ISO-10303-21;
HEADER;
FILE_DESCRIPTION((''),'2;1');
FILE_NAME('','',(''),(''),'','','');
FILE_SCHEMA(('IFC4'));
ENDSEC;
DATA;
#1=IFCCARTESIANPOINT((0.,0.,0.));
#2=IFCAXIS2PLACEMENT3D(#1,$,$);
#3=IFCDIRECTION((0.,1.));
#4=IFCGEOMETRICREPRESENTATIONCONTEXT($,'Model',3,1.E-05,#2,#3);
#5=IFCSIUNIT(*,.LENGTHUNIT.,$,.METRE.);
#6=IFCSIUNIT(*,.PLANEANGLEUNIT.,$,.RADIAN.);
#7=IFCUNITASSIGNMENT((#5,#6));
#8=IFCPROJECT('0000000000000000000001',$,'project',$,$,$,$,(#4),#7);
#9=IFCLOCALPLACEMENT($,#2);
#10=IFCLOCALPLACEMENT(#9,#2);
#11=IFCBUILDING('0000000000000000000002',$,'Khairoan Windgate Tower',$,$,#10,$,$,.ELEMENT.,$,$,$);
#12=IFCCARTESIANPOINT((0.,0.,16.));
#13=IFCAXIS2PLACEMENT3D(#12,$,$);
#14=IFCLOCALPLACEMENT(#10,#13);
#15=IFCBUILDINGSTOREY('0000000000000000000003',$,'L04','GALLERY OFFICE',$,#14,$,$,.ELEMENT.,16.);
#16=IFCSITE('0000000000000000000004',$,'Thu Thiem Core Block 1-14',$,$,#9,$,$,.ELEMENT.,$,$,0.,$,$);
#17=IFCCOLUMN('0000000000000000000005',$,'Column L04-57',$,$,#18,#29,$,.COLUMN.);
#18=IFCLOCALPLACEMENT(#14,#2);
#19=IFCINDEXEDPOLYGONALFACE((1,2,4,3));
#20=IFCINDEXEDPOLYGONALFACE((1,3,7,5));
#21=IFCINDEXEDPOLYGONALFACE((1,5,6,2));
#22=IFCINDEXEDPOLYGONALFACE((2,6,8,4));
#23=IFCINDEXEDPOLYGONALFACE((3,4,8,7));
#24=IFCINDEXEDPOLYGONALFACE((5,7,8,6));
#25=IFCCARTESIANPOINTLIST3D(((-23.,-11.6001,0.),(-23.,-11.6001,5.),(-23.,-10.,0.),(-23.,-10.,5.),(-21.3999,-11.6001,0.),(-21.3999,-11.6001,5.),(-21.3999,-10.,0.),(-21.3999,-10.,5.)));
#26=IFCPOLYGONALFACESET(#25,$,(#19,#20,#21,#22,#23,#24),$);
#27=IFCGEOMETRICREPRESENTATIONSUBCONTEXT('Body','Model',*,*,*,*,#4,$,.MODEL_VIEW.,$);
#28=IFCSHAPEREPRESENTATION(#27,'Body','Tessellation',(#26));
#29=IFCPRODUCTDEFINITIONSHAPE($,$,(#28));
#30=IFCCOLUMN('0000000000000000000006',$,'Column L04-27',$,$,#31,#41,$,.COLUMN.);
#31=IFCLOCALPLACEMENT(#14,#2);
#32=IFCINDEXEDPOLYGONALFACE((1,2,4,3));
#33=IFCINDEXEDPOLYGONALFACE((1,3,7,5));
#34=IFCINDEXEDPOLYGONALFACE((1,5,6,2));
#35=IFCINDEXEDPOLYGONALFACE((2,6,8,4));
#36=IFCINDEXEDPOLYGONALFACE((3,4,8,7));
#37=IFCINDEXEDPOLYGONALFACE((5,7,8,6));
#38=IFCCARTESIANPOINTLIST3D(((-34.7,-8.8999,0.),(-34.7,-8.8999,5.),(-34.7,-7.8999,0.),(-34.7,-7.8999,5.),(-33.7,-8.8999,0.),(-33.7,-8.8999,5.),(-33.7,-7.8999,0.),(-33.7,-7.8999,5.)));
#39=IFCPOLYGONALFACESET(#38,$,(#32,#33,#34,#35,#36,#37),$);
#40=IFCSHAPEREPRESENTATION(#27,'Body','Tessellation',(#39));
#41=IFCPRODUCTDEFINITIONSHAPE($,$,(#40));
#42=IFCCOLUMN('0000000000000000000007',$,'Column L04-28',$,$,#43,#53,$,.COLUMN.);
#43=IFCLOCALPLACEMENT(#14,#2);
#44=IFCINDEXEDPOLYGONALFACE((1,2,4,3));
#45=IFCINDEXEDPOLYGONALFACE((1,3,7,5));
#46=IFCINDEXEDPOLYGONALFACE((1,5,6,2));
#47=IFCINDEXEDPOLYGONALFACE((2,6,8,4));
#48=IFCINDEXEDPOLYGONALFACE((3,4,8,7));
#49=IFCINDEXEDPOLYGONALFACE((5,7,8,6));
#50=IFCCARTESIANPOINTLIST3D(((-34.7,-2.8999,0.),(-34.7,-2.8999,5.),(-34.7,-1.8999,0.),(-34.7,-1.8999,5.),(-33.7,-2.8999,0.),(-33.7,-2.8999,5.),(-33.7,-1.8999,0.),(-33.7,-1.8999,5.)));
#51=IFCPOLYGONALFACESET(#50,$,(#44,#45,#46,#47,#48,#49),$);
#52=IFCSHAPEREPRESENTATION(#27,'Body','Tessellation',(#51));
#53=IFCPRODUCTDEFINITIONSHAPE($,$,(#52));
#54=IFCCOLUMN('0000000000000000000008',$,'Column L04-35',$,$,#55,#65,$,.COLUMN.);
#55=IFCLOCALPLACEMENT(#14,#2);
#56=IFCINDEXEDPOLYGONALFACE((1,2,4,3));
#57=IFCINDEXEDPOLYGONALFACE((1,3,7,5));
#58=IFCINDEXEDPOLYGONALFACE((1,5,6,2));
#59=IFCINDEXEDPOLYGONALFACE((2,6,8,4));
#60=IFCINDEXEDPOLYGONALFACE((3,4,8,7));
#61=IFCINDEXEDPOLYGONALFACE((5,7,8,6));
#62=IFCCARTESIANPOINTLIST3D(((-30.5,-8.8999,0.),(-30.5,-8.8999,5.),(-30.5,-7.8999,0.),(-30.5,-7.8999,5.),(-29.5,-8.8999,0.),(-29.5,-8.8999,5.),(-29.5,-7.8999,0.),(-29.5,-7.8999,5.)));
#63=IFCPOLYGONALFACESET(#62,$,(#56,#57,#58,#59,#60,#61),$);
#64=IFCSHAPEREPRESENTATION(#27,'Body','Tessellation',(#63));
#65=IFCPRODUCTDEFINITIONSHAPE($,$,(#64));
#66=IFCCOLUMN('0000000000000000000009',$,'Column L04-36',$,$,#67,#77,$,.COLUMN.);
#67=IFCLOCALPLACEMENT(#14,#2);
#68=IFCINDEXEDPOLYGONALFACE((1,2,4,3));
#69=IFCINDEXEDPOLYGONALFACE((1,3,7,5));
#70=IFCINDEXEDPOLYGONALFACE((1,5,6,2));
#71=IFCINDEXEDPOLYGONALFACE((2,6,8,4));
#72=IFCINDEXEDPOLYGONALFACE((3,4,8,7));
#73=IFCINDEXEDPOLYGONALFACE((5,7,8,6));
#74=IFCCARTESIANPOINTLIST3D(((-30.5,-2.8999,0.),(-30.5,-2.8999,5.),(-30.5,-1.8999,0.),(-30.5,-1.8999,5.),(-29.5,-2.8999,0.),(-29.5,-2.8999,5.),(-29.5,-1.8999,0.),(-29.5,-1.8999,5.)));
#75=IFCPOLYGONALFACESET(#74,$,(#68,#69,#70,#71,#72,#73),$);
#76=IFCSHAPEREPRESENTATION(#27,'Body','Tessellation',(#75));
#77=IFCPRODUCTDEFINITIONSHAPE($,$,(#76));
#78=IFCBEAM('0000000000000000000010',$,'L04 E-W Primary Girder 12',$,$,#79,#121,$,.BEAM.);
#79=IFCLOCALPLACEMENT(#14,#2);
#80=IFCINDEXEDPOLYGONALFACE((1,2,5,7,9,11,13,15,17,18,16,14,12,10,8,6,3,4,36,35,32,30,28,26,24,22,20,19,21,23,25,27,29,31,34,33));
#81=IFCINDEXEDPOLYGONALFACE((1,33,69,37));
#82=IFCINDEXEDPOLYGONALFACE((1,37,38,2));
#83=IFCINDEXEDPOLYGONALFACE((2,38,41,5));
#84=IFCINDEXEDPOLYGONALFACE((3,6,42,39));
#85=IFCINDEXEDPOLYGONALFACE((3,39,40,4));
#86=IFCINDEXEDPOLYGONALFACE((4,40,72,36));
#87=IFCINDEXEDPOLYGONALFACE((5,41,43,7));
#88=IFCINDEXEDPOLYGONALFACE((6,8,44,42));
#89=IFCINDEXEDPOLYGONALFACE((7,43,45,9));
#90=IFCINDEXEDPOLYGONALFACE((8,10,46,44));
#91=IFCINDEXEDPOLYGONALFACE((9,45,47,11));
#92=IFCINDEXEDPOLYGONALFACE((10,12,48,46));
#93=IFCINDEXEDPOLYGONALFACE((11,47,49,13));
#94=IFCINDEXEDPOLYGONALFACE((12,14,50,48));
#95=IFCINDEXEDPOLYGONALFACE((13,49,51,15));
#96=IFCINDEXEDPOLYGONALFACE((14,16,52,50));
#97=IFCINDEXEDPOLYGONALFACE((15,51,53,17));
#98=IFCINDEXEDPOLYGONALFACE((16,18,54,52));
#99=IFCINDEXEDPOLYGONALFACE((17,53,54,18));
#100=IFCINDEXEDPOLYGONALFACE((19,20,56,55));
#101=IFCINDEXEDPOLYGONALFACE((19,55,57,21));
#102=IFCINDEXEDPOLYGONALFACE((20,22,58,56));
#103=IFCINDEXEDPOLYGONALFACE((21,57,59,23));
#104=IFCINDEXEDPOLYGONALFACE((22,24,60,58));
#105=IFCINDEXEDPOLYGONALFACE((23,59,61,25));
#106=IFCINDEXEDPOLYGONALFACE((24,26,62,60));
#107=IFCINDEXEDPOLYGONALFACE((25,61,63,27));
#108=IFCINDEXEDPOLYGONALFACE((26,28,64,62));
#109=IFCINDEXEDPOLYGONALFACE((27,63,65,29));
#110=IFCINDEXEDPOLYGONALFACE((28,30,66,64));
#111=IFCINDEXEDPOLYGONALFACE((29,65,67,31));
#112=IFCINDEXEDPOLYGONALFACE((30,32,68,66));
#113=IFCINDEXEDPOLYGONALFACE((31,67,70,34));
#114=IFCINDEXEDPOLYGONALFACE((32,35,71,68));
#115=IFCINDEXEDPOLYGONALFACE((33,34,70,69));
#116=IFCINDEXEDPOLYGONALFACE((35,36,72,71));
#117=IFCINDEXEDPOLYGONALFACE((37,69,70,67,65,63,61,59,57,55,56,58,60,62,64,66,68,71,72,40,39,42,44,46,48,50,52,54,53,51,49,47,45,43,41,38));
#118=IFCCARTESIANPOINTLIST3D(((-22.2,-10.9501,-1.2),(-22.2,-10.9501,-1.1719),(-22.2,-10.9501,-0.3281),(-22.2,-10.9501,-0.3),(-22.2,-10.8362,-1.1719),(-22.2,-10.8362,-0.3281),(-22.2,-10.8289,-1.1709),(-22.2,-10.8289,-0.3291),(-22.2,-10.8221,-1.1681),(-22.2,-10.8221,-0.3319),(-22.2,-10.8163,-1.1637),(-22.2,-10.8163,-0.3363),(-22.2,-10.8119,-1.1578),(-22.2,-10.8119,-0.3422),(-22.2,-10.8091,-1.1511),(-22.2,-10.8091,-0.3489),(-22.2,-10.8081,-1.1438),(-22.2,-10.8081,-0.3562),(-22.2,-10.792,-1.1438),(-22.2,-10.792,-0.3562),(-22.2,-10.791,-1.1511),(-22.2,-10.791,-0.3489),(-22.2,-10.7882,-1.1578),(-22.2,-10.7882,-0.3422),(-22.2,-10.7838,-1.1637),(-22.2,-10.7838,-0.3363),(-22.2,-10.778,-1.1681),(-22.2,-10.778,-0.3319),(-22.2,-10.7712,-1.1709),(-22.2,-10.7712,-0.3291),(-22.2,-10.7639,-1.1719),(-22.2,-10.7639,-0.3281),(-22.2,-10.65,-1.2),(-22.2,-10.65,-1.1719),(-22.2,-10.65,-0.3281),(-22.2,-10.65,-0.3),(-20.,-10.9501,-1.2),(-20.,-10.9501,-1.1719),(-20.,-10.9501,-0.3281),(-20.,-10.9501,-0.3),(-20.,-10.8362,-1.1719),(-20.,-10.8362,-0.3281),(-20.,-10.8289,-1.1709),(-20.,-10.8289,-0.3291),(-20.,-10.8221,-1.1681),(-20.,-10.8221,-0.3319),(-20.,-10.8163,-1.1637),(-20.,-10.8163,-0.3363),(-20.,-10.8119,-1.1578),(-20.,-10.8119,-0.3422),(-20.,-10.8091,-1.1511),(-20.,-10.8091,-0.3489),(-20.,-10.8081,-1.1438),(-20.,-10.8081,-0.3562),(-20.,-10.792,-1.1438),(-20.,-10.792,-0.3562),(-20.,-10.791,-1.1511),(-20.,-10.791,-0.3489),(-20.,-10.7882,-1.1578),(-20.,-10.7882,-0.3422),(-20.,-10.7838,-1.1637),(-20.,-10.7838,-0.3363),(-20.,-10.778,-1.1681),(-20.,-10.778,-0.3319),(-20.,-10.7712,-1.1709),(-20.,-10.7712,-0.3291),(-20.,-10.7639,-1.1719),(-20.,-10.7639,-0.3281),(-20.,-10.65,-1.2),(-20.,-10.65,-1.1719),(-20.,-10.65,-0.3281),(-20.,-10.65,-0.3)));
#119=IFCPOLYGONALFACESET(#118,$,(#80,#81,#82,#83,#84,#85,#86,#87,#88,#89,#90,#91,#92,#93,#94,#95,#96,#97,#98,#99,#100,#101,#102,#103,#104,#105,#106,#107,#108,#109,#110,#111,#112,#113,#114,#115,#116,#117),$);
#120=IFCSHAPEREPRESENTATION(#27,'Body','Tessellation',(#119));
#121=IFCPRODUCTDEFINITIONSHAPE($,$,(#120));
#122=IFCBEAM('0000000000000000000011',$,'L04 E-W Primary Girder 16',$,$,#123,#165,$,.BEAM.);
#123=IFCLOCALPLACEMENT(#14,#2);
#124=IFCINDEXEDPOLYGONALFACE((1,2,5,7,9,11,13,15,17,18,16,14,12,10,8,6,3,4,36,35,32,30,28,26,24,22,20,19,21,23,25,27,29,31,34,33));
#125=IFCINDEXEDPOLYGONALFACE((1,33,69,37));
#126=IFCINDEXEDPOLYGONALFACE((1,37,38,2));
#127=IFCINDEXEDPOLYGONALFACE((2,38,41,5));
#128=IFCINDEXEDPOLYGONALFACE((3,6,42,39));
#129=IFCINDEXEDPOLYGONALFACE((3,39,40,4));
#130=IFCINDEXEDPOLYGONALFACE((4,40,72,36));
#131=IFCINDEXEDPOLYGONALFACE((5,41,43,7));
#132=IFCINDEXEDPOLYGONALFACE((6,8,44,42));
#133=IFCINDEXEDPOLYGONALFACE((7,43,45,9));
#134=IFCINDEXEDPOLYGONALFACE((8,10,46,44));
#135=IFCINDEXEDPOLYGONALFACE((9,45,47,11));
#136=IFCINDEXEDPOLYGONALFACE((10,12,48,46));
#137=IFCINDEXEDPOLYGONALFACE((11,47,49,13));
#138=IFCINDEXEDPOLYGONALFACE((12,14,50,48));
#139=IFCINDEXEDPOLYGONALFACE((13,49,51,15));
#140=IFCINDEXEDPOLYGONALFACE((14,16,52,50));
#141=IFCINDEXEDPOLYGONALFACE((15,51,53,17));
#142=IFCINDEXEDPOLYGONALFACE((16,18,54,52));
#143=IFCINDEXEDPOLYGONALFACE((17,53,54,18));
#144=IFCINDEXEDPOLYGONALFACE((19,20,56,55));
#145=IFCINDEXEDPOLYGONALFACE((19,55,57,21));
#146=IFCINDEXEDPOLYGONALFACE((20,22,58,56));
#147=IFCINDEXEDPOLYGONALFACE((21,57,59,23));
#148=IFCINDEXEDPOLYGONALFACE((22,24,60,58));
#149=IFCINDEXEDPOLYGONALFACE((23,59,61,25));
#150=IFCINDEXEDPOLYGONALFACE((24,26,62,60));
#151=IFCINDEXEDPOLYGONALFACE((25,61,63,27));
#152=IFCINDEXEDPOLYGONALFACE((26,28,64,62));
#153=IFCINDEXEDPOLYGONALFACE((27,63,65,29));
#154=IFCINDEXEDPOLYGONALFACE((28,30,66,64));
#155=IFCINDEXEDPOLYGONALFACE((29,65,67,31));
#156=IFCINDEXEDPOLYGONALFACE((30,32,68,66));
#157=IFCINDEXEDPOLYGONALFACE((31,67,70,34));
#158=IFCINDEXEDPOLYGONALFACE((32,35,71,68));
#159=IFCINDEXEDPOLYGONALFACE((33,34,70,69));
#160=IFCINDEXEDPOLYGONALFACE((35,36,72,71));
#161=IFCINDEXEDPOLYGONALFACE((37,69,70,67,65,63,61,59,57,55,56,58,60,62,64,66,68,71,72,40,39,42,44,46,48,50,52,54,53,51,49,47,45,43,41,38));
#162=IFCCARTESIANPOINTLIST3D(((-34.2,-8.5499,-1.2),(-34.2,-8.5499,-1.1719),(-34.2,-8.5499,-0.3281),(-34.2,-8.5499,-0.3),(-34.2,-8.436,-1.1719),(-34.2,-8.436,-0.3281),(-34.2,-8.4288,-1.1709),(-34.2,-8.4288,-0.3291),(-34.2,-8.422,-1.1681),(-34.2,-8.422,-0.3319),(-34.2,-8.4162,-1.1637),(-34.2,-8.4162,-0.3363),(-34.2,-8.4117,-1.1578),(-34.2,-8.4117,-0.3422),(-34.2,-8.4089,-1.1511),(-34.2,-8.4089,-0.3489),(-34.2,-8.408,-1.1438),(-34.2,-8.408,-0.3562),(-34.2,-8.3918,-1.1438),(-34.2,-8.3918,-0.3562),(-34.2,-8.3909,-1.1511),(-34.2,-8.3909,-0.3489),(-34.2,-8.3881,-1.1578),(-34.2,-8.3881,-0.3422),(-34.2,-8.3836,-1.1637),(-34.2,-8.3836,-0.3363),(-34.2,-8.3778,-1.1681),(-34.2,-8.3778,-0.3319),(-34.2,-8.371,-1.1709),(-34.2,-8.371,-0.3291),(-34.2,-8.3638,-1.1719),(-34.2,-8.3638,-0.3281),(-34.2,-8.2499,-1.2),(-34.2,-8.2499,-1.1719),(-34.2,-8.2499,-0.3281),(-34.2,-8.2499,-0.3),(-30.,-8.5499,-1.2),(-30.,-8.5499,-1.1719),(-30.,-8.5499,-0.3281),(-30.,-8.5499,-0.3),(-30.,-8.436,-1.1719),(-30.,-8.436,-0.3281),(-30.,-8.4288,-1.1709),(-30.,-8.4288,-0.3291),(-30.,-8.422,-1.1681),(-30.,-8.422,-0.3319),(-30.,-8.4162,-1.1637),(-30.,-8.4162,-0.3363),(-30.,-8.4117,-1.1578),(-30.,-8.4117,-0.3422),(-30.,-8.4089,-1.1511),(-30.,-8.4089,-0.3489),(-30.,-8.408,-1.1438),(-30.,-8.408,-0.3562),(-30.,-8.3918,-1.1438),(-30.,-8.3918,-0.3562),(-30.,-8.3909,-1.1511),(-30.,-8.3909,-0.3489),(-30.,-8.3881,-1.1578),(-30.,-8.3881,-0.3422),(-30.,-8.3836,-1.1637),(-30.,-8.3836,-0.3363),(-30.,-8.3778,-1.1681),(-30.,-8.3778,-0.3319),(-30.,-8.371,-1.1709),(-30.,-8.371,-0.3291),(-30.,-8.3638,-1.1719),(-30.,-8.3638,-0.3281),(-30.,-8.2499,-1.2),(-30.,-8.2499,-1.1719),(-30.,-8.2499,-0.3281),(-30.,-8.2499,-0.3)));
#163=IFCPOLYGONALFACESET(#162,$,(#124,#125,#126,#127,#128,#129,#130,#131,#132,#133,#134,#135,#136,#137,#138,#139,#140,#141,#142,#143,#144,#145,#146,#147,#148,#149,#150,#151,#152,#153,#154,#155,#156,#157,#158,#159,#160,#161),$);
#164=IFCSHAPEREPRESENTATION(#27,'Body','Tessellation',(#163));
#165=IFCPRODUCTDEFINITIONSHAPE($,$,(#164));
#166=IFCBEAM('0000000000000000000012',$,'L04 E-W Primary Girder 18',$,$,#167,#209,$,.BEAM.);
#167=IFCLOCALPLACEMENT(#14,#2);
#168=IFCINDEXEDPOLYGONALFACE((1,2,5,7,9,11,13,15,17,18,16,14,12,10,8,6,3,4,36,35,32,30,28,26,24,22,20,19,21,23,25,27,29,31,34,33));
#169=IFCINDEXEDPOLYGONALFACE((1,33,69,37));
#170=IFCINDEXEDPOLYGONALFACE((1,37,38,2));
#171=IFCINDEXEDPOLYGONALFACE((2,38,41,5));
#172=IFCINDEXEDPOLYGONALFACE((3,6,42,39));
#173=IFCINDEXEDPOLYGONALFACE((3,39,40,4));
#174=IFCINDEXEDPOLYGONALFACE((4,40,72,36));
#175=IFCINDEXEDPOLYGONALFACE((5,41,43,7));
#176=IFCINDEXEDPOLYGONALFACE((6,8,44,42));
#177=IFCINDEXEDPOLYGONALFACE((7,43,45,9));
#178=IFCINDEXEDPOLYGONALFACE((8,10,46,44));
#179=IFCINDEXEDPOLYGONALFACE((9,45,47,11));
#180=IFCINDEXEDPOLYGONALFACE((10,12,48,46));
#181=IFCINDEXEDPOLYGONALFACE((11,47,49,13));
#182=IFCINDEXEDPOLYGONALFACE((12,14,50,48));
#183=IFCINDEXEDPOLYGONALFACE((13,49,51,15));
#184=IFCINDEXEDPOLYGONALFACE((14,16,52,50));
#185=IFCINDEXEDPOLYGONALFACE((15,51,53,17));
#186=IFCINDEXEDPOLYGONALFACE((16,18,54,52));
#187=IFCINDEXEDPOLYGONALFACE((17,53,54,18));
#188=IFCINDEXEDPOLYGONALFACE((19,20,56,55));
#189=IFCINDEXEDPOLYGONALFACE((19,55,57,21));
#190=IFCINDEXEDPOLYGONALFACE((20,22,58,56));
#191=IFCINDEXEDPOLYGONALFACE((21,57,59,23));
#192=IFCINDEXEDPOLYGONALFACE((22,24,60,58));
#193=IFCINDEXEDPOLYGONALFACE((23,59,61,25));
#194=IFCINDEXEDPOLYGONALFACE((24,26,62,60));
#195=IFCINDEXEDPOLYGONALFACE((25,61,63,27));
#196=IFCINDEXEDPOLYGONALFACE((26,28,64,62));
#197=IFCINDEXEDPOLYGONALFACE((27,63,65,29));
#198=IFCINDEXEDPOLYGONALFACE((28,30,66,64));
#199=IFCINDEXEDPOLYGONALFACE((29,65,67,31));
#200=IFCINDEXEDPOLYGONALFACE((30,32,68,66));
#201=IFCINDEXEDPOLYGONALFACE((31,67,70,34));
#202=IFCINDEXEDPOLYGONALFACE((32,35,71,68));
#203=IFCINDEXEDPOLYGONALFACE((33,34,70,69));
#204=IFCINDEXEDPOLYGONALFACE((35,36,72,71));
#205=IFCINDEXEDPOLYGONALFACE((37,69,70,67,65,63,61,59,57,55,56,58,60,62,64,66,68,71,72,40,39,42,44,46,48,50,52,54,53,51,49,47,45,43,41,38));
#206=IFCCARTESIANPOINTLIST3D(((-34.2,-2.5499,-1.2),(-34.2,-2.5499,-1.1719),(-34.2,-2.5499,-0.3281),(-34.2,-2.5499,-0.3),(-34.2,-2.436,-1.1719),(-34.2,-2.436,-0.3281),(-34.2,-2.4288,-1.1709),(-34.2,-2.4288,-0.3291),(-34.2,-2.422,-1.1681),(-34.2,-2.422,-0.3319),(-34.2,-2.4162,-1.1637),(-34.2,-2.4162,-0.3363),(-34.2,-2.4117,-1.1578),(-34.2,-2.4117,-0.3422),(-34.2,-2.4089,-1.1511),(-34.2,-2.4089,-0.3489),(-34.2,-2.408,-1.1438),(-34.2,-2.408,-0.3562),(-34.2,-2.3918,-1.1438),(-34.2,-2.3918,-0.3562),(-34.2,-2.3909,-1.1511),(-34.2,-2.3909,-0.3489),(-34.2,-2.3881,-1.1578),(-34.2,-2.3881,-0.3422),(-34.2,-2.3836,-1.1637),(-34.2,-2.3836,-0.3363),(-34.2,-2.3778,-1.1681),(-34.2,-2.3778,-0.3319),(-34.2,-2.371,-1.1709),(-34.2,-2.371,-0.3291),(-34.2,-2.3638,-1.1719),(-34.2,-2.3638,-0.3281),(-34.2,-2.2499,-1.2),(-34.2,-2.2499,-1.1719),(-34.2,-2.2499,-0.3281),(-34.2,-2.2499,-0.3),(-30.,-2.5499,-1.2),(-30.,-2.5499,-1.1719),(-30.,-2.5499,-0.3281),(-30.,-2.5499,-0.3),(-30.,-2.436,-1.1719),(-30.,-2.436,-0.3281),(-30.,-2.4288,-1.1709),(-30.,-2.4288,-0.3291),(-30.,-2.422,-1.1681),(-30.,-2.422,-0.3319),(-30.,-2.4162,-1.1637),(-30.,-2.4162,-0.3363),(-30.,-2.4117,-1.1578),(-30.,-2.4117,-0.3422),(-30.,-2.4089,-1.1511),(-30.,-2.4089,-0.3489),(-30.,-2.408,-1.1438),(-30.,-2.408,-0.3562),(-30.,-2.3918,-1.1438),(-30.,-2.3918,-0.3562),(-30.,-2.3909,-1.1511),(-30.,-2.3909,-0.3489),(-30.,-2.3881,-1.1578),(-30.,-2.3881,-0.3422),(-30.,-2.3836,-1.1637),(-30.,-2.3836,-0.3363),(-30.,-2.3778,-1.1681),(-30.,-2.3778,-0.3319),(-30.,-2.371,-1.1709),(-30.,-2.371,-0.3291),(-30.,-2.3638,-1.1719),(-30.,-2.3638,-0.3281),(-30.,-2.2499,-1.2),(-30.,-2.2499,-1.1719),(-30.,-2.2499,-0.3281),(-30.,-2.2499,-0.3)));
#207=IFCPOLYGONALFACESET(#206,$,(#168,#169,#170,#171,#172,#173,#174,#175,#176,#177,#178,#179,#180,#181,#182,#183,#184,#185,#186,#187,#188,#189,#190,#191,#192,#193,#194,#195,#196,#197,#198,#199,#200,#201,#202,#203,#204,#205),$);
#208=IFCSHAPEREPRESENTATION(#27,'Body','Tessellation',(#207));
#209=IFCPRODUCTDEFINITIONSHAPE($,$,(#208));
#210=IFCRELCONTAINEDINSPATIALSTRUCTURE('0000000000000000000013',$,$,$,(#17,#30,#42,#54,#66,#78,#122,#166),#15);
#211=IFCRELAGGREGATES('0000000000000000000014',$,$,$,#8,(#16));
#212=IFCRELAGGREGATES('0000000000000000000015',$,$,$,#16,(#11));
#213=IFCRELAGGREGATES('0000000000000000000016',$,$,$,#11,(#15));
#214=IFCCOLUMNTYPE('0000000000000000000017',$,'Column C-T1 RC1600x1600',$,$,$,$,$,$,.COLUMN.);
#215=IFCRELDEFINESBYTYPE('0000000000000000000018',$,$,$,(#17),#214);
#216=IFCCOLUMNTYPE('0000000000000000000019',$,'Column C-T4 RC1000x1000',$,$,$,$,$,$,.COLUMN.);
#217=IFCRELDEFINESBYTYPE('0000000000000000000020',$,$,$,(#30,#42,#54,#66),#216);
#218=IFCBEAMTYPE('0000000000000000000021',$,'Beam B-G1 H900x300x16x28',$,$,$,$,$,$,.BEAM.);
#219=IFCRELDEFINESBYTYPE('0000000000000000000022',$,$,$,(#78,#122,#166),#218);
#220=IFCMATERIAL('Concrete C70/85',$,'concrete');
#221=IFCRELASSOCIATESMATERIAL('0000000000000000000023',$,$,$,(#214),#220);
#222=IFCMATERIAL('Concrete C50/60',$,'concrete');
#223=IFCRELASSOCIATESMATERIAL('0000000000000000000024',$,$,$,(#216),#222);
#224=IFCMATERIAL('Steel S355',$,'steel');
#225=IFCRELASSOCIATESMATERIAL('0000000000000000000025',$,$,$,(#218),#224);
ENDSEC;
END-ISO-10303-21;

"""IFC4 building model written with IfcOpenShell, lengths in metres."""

from ifc_helpers import new_model, si_unit, direction, frame, origin, origin_2d, place, context, subcontext, project, spatial, rectangle, i_section, extrude, material, material_profile, profile_set, type_object, element, save


model = new_model("IFC4")

# Units and contexts
model_context = context("Model", 3, precision=1e-05, world=origin(), true_north=direction((0.0, 1.0)))
body_context = subcontext(model_context, "Body", "Model", "MODEL_VIEW")
ifc_project = project(units=[si_unit("LENGTHUNIT", "METRE"), si_unit("PLANEANGLEUNIT", "RADIAN")], contexts=[model_context])

# Site, building, storey
site_placement = place(None, origin())
site = spatial("IfcSite", under=ifc_project, at=site_placement, Name="Thu Thiem Core Block 1-14", CompositionType="ELEMENT", RefElevation=0.0)
building_placement = place(site_placement, origin())
building = spatial("IfcBuilding", under=site, at=building_placement, Name="Khairoan Windgate Tower", CompositionType="ELEMENT")
storey_placement = place(building_placement, frame((0.0, 0.0, 16.0)))
storey = spatial("IfcBuildingStorey", under=building, at=storey_placement, Name="L04", Description="GALLERY OFFICE", CompositionType="ELEMENT", Elevation=16.0)

# Columns
ifc_material_1 = material(Name="Concrete C70/85", Category="concrete")
ifc_material_profile_1 = material_profile(ifc_material_1, rectangle(XDim=1.6001, YDim=1.6001, at=origin_2d()))
ifc_profile_set_1 = profile_set([ifc_material_profile_1], Name="Concrete C70/85")
column_type_1 = type_object("IfcColumnType", Name="Column C-T1 RC1600x1600", PredefinedType="COLUMN", material=ifc_profile_set_1)
column_placement = place(storey_placement, frame((-22.2, -10.8, 0.0), z_axis=(0.0, 0.0, 1.0), x_axis=(1.0, 0.0, 0.0)))
element("IfcColumn", 1, at=column_placement, inside=storey, type_object=column_type_1, Name="Column L04-57", PredefinedType="COLUMN", context=body_context, shape_type="SweptSolid", body=[
    extrude(rectangle(XDim=1.6001, YDim=1.6001, at=origin_2d()), origin(), (0.0, 0.0, 1.0), 5.0),
])
ifc_material_2 = material(Name="Concrete C50/60", Category="concrete")
ifc_material_profile_2 = material_profile(ifc_material_2, rectangle(XDim=1.0, YDim=1.0, at=origin_2d()))
ifc_profile_set_2 = profile_set([ifc_material_profile_2], Name="Concrete C50/60")
column_type_2 = type_object("IfcColumnType", Name="Column C-T4 RC1000x1000", PredefinedType="COLUMN", material=ifc_profile_set_2)
for number, where, z_axis, x_axis, name in (
    (2, (-34.2, -8.3999, 0.0), (0.0, 0.0, 1.0), (1.0, 0.0, 0.0), "Column L04-27"),
    (3, (-34.2, -2.3999, 0.0), (0.0, 0.0, 1.0), (1.0, 0.0, 0.0), "Column L04-28"),
    (4, (-30.0, -8.3999, 0.0), (0.0, 0.0, 1.0), (1.0, 0.0, 0.0), "Column L04-35"),
    (5, (-30.0, -2.3999, 0.0), (0.0, 0.0, 1.0), (1.0, 0.0, 0.0), "Column L04-36"),
):
    element("IfcColumn", number, at=place(storey_placement, frame(where, z_axis=z_axis, x_axis=x_axis)), inside=storey, type_object=column_type_2, Name=name, PredefinedType="COLUMN", context=body_context, shape_type="SweptSolid", body=[
        extrude(rectangle(XDim=1.0, YDim=1.0, at=origin_2d()), origin(), (0.0, 0.0, 1.0), 5.0),
    ])

# Beams
ifc_material_3 = material(Name="Steel S355", Category="steel")
ifc_material_profile_3 = material_profile(ifc_material_3, i_section(OverallWidth=0.3, OverallDepth=0.8999, WebThickness=0.0161, FlangeThickness=0.0281, FilletRadius=0.0281, at=origin_2d()))
ifc_profile_set_3 = profile_set([ifc_material_profile_3], Name="Steel S355")
beam_type_1 = type_object("IfcBeamType", Name="Beam B-G1 H900x300x16x28", PredefinedType="BEAM", material=ifc_profile_set_3)
beam_1_placement = place(storey_placement, frame((-22.2, -10.8, -0.75), z_axis=(1.0, 0.0, 0.0), x_axis=(0.0, 1.0, 0.0)))
element("IfcBeam", 6, at=beam_1_placement, inside=storey, type_object=beam_type_1, Name="L04 E-W Primary Girder 12", PredefinedType="BEAM", context=body_context, shape_type="SweptSolid", body=[
    extrude(i_section(OverallWidth=0.3, OverallDepth=0.8999, WebThickness=0.0161, FlangeThickness=0.0281, FilletRadius=0.0281, at=origin_2d()), origin(), (0.0, 0.0, 1.0), 2.2),
])
for number, where, z_axis, x_axis, name in (
    (7, (-34.2, -8.3999, -0.75), (1.0, 0.0, 0.0), (0.0, 1.0, 0.0), "L04 E-W Primary Girder 16"),
    (8, (-34.2, -2.3999, -0.75), (1.0, 0.0, 0.0), (0.0, 1.0, 0.0), "L04 E-W Primary Girder 18"),
):
    element("IfcBeam", number, at=place(storey_placement, frame(where, z_axis=z_axis, x_axis=x_axis)), inside=storey, type_object=beam_type_1, Name=name, PredefinedType="BEAM", context=body_context, shape_type="SweptSolid", body=[
        extrude(i_section(OverallWidth=0.3, OverallDepth=0.8999, WebThickness=0.0161, FlangeThickness=0.0281, FilletRadius=0.0281, at=origin_2d()), origin(), (0.0, 0.0, 1.0), 4.2),
    ])

save(model, "model.ifc")
